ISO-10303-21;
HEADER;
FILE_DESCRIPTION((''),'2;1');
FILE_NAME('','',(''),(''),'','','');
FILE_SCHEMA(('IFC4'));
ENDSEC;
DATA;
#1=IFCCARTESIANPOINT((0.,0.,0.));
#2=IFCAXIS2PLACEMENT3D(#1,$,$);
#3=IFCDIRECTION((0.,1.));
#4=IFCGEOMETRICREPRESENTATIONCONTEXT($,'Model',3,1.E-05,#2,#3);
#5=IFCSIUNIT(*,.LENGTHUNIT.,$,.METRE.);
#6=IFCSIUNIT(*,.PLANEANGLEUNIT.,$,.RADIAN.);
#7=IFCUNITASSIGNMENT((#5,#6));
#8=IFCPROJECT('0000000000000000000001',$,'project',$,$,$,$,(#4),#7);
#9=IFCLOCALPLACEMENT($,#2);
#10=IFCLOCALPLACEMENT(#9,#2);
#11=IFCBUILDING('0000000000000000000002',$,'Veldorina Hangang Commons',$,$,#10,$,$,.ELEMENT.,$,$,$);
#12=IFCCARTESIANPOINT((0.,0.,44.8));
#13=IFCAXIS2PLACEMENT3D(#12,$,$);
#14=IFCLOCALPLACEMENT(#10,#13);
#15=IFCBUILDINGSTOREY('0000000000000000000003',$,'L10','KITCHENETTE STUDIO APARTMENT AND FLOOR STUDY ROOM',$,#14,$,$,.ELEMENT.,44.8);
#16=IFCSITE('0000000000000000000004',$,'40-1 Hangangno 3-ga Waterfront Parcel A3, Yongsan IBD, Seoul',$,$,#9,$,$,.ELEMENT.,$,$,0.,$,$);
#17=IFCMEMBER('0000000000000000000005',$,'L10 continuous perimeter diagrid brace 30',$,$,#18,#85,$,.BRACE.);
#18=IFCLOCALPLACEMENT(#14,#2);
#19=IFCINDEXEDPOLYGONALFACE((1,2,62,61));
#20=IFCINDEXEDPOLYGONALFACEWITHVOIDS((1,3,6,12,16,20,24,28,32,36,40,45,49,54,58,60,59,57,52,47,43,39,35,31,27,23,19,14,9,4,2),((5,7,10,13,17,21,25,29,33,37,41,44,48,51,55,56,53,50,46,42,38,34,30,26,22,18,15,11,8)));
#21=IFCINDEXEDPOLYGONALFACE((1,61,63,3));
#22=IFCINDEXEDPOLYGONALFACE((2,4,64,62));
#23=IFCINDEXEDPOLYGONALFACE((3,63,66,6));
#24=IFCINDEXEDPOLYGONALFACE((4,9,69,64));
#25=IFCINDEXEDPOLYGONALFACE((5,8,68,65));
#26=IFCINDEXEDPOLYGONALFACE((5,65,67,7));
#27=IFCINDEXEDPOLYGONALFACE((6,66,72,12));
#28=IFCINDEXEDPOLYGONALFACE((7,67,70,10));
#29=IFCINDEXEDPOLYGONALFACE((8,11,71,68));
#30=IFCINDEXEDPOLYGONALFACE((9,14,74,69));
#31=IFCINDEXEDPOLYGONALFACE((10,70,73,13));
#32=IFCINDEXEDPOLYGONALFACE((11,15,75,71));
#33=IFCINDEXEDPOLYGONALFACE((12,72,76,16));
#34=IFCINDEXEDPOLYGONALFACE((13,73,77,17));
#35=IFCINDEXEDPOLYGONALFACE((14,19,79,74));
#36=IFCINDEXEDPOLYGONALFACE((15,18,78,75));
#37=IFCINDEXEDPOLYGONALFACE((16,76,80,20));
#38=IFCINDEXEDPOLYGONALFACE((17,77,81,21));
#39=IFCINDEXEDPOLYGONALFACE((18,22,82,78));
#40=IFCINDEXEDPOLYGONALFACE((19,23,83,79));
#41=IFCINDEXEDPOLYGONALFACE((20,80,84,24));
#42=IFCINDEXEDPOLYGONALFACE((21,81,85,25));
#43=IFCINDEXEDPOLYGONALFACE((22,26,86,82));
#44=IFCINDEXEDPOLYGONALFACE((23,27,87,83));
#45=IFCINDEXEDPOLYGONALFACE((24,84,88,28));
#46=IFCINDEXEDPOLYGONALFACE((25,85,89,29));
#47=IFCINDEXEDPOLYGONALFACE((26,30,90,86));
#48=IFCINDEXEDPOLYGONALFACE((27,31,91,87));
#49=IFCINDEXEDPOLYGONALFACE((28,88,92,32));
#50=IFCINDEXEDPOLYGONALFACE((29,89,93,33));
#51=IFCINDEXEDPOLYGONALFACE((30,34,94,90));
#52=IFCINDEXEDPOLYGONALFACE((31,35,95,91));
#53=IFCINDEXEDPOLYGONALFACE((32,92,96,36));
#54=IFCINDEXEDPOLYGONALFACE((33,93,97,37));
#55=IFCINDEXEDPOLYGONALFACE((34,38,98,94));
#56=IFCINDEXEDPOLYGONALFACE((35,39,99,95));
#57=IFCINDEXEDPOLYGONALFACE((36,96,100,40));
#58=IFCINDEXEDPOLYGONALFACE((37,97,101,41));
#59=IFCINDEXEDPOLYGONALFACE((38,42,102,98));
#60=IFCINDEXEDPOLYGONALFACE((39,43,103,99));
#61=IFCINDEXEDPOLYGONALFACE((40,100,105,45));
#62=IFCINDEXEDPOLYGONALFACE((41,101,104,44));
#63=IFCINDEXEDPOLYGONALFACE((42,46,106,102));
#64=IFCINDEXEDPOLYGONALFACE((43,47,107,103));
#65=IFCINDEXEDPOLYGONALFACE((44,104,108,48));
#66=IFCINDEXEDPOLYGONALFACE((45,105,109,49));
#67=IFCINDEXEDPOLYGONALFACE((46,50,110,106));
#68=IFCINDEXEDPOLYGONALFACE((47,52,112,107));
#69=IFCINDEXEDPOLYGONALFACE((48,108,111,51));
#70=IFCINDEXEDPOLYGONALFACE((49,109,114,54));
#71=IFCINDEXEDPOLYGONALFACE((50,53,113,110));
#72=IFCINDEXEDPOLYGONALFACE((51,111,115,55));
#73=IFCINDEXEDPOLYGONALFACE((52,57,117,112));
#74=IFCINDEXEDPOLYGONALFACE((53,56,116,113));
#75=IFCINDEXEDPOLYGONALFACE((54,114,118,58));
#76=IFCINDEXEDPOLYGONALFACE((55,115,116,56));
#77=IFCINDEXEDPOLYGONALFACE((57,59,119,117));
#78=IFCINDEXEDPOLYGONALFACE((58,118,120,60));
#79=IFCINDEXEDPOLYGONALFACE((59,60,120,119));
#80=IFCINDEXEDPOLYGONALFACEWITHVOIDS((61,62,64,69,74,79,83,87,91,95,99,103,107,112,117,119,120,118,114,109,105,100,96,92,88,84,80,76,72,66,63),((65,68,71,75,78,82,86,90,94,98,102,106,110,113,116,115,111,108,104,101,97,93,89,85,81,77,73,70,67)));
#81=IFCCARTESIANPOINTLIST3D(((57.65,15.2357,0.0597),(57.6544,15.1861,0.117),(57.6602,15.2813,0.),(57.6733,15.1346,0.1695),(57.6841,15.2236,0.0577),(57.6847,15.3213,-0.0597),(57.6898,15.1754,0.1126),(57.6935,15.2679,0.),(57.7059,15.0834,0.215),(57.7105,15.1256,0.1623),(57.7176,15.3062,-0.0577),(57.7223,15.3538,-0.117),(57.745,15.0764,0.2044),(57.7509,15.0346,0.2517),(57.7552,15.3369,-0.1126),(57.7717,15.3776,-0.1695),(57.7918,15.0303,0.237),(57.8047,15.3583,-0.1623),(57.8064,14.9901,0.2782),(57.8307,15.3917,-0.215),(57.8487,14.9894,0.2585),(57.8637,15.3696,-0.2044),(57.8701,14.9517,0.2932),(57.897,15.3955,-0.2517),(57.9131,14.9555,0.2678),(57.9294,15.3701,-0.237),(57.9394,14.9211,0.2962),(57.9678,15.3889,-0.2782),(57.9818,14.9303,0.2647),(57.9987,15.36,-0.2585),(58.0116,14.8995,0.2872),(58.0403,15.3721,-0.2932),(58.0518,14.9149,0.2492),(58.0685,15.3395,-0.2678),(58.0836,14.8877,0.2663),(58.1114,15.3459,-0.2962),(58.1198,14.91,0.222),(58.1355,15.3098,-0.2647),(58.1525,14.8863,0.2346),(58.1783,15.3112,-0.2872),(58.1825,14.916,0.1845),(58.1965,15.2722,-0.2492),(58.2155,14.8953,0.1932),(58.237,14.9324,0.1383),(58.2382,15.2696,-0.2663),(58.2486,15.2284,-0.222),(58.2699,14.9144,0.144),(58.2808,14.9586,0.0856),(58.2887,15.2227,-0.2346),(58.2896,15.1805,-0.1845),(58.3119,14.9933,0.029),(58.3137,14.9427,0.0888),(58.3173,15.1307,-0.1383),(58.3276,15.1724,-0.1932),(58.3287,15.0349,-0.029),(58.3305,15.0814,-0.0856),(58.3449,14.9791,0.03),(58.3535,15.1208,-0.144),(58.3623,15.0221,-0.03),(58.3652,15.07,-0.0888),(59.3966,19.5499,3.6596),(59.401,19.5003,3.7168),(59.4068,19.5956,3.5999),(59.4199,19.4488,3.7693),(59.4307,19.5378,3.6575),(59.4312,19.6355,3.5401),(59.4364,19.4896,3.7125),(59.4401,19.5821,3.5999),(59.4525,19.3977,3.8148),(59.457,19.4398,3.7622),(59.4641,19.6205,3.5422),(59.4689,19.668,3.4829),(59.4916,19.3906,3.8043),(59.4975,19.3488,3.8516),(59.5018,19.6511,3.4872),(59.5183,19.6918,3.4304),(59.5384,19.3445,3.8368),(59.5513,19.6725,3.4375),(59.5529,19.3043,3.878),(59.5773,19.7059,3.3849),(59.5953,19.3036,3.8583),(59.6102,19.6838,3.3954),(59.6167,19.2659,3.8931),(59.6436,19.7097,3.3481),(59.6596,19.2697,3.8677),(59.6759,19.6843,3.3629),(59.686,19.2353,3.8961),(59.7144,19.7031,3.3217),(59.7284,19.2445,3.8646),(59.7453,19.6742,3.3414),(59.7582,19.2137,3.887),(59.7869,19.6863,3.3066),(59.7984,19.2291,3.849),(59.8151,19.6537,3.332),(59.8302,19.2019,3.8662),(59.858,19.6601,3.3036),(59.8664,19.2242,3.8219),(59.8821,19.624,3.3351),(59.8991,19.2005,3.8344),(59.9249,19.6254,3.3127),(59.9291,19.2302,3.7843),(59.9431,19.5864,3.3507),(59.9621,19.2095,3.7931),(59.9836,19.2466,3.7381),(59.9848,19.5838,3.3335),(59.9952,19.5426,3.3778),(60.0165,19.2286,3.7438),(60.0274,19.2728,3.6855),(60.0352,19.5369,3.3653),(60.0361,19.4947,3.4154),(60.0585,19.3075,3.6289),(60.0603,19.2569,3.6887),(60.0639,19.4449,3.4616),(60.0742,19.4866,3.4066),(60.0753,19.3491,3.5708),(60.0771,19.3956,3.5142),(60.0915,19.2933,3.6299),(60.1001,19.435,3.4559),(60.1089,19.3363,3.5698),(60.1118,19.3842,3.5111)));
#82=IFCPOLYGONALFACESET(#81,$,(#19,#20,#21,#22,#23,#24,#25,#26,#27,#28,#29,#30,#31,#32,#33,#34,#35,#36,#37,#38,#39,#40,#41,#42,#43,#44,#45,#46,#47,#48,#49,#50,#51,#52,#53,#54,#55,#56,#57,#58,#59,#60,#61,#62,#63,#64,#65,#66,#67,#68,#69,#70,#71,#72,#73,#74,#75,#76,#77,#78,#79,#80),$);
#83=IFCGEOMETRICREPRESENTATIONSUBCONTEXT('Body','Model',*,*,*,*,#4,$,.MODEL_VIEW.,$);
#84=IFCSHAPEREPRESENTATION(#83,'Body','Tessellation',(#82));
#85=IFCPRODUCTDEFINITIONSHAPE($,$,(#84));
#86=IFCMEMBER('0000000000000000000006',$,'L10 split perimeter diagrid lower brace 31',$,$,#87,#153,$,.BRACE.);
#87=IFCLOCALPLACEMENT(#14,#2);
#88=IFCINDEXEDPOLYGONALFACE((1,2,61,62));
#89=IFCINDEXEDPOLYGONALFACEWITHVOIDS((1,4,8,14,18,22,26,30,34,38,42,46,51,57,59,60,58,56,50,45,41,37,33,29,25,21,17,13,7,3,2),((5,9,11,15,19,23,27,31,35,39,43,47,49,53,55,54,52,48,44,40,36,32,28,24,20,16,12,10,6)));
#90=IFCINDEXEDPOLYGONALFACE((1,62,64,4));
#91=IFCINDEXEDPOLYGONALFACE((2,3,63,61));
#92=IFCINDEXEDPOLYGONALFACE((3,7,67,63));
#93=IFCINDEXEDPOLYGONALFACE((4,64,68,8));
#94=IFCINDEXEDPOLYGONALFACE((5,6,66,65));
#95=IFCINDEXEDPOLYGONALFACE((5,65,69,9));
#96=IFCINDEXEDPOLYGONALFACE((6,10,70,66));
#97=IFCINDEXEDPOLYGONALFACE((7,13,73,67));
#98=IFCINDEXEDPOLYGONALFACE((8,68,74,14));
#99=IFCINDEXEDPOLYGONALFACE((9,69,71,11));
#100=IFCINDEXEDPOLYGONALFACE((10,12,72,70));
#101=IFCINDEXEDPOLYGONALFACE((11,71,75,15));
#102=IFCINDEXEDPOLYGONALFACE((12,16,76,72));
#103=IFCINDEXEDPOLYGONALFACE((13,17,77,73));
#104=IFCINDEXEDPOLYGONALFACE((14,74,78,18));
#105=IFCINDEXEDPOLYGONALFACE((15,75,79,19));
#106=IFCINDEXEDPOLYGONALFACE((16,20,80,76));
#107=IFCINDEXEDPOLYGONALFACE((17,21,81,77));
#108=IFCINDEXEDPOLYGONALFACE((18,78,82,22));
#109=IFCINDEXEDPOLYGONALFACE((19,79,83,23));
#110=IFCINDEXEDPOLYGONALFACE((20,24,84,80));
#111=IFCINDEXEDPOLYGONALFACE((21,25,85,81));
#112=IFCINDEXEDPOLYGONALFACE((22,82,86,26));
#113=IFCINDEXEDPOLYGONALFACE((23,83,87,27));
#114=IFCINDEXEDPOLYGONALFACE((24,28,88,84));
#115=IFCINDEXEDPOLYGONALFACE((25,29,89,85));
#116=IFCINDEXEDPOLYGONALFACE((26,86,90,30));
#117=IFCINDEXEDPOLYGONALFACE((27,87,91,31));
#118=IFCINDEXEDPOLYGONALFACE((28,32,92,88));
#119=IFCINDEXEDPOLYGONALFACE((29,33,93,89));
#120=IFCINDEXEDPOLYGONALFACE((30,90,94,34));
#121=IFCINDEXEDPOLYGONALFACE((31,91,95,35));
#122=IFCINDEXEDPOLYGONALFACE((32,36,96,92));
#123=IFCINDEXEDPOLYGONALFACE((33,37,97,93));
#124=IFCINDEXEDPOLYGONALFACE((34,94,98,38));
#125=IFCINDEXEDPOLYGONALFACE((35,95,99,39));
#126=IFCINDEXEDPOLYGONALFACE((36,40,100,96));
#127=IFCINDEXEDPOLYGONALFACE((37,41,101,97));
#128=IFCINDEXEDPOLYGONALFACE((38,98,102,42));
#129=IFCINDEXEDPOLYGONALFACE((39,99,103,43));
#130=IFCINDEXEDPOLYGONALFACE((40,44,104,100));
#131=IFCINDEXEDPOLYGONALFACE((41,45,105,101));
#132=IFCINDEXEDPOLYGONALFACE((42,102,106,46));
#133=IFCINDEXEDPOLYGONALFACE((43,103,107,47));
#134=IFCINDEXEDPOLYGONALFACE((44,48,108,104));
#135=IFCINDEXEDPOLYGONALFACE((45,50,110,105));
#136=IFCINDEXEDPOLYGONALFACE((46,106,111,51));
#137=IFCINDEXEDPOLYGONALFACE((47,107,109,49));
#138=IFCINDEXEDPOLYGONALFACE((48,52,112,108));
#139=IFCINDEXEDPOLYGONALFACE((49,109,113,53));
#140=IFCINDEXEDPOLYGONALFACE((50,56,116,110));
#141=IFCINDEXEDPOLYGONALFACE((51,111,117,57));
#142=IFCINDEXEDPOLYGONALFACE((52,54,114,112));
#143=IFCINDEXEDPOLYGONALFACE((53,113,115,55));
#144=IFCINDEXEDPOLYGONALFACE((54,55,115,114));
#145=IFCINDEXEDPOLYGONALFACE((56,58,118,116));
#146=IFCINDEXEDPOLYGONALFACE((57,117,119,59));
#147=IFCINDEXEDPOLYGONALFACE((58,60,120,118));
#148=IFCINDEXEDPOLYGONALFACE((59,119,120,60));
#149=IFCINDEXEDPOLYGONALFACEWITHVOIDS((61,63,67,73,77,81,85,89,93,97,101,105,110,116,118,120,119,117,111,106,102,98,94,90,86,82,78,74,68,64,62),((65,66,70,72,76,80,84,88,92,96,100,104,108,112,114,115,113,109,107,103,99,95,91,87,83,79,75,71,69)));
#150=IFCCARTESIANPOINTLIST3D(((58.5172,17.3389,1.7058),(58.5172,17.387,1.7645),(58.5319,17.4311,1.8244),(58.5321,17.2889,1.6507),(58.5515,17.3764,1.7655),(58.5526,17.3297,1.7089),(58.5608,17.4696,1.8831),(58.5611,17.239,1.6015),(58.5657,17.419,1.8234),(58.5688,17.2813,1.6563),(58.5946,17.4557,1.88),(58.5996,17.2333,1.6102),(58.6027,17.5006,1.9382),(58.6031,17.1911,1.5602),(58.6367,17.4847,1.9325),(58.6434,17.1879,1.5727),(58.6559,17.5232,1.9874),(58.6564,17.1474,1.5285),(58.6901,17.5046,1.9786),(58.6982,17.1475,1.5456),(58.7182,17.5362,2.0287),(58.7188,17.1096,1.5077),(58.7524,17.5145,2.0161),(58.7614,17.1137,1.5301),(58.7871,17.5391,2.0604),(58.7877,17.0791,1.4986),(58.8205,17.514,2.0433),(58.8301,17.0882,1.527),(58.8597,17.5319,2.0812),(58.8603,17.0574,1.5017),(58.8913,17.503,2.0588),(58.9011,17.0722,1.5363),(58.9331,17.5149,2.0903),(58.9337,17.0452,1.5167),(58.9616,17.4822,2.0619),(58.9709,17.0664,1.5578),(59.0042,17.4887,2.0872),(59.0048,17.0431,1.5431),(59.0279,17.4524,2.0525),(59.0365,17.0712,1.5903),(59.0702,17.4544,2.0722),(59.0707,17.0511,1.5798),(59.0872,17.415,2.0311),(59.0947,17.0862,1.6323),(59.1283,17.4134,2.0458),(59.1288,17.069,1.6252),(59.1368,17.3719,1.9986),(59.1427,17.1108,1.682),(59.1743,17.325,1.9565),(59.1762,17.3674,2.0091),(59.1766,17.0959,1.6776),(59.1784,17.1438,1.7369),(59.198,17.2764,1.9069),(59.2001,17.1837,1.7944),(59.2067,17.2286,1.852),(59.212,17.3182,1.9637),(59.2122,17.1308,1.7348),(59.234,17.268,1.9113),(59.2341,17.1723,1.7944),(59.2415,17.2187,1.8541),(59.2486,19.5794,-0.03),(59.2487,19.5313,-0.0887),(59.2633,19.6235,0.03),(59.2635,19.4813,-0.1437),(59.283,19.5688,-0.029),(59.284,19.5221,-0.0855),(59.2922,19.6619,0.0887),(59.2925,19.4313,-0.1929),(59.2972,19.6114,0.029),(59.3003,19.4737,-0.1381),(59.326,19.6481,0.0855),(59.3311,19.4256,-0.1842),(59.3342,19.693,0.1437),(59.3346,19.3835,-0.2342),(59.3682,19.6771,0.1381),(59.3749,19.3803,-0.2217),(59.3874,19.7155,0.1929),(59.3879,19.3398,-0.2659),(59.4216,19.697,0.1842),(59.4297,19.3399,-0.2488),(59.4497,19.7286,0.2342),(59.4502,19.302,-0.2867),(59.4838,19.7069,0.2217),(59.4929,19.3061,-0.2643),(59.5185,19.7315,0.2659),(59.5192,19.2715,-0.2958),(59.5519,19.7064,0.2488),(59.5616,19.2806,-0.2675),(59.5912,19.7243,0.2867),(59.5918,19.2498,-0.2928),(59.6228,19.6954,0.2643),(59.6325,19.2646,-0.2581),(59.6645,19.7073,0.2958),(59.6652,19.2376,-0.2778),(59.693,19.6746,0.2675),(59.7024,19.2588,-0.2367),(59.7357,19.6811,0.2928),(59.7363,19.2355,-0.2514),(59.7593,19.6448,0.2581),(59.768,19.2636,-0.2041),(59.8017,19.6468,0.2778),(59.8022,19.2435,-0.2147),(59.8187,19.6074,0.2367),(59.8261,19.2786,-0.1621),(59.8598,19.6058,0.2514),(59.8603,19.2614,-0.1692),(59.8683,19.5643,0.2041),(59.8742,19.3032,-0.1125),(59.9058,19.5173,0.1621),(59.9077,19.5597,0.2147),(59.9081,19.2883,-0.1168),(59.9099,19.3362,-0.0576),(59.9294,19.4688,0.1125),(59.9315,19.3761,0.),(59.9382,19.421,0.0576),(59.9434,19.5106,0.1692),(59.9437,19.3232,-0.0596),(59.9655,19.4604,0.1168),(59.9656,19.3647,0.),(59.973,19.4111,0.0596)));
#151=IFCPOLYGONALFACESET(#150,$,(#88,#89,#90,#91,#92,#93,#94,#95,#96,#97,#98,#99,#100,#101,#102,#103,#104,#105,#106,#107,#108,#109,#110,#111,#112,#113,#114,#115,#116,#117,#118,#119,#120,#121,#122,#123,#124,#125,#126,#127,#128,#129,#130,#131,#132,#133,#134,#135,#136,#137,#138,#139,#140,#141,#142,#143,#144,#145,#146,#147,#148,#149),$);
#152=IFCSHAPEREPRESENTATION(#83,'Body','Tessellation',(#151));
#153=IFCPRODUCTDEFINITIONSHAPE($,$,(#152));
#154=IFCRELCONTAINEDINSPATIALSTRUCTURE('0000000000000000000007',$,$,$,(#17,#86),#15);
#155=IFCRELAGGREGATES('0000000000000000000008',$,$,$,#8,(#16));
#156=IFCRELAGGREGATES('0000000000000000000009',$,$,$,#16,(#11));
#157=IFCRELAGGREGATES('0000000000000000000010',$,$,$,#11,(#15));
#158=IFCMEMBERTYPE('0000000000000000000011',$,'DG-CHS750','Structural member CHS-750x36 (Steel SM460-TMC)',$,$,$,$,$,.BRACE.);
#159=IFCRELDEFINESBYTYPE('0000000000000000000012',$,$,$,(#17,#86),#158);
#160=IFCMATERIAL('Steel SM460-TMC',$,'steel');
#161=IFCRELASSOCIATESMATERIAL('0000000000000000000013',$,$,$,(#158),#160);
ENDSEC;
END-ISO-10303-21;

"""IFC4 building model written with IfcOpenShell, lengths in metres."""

from ifc_helpers import new_model, si_unit, direction, frame, origin, origin_2d, place, context, subcontext, project, spatial, hollow_circle, extrude, material, material_profile, profile_set, type_object, element, save


model = new_model("IFC4")

# Units and contexts
model_context = context("Model", 3, precision=1e-05, world=origin(), true_north=direction((0.0, 1.0)))
body_context = subcontext(model_context, "Body", "Model", "MODEL_VIEW")
ifc_project = project(units=[si_unit("LENGTHUNIT", "METRE"), si_unit("PLANEANGLEUNIT", "RADIAN")], contexts=[model_context])

# Site, building, storey
site_placement = place(None, origin())
site = spatial("IfcSite", under=ifc_project, at=site_placement, Name="40-1 Hangangno 3-ga Waterfront Parcel A3, Yongsan IBD, Seoul", CompositionType="ELEMENT", RefElevation=0.0)
building_placement = place(site_placement, origin())
building = spatial("IfcBuilding", under=site, at=building_placement, Name="Veldorina Hangang Commons", CompositionType="ELEMENT")
storey_placement = place(building_placement, frame((0.0, 0.0, 44.8)))
storey = spatial("IfcBuildingStorey", under=building, at=storey_placement, Name="L10", Description="KITCHENETTE STUDIO APARTMENT AND FLOOR STUDY ROOM", CompositionType="ELEMENT", Elevation=44.8)

# Shared definitions
ifc_material_1 = material(Name="Steel SM460-TMC", Category="steel")

# Members
ifc_material_profile_1 = material_profile(ifc_material_1, hollow_circle(Radius=0.375, WallThickness=0.0359, at=origin_2d()), Name="CHS-750x36")
ifc_profile_set_1 = profile_set([ifc_material_profile_1], Name="Steel SM460-TMC")
member_type_1 = type_object("IfcMemberType", Name="DG-CHS750", Description="Structural member CHS-750x36 (Steel SM460-TMC)", PredefinedType="BRACE", material=ifc_profile_set_1)
member_1_placement = place(storey_placement, frame((58.0078, 15.1406, 0.0), z_axis=(0.296834, 0.733206, 0.6118), x_axis=(-0.92692, 0.375258, 0.0)))
element("IfcMember", 1, at=member_1_placement, inside=storey, type_object=member_type_1, Name="L10 continuous perimeter diagrid brace 30", PredefinedType="BRACE", context=body_context, shape_type="SweptSolid", body=[
    extrude(hollow_circle(Radius=0.375, WallThickness=0.0359, at=origin_2d()), origin(), (0.0, 0.0, 1.0), 5.884),
])
member_2_placement = place(storey_placement, frame((59.6099, 19.4834, 0.0), z_axis=(-0.24998, -0.749273, 0.613269), x_axis=(0.948599, -0.316481, 0.0)))
element("IfcMember", 2, at=member_2_placement, inside=storey, type_object=member_type_1, Name="L10 split perimeter diagrid lower brace 31", PredefinedType="BRACE", context=body_context, shape_type="SweptSolid", body=[
    extrude(hollow_circle(Radius=0.375, WallThickness=0.0359, at=origin_2d()), origin(), (0.0, 0.0, 1.0), 2.926),
])

save(model, "model.ifc")
